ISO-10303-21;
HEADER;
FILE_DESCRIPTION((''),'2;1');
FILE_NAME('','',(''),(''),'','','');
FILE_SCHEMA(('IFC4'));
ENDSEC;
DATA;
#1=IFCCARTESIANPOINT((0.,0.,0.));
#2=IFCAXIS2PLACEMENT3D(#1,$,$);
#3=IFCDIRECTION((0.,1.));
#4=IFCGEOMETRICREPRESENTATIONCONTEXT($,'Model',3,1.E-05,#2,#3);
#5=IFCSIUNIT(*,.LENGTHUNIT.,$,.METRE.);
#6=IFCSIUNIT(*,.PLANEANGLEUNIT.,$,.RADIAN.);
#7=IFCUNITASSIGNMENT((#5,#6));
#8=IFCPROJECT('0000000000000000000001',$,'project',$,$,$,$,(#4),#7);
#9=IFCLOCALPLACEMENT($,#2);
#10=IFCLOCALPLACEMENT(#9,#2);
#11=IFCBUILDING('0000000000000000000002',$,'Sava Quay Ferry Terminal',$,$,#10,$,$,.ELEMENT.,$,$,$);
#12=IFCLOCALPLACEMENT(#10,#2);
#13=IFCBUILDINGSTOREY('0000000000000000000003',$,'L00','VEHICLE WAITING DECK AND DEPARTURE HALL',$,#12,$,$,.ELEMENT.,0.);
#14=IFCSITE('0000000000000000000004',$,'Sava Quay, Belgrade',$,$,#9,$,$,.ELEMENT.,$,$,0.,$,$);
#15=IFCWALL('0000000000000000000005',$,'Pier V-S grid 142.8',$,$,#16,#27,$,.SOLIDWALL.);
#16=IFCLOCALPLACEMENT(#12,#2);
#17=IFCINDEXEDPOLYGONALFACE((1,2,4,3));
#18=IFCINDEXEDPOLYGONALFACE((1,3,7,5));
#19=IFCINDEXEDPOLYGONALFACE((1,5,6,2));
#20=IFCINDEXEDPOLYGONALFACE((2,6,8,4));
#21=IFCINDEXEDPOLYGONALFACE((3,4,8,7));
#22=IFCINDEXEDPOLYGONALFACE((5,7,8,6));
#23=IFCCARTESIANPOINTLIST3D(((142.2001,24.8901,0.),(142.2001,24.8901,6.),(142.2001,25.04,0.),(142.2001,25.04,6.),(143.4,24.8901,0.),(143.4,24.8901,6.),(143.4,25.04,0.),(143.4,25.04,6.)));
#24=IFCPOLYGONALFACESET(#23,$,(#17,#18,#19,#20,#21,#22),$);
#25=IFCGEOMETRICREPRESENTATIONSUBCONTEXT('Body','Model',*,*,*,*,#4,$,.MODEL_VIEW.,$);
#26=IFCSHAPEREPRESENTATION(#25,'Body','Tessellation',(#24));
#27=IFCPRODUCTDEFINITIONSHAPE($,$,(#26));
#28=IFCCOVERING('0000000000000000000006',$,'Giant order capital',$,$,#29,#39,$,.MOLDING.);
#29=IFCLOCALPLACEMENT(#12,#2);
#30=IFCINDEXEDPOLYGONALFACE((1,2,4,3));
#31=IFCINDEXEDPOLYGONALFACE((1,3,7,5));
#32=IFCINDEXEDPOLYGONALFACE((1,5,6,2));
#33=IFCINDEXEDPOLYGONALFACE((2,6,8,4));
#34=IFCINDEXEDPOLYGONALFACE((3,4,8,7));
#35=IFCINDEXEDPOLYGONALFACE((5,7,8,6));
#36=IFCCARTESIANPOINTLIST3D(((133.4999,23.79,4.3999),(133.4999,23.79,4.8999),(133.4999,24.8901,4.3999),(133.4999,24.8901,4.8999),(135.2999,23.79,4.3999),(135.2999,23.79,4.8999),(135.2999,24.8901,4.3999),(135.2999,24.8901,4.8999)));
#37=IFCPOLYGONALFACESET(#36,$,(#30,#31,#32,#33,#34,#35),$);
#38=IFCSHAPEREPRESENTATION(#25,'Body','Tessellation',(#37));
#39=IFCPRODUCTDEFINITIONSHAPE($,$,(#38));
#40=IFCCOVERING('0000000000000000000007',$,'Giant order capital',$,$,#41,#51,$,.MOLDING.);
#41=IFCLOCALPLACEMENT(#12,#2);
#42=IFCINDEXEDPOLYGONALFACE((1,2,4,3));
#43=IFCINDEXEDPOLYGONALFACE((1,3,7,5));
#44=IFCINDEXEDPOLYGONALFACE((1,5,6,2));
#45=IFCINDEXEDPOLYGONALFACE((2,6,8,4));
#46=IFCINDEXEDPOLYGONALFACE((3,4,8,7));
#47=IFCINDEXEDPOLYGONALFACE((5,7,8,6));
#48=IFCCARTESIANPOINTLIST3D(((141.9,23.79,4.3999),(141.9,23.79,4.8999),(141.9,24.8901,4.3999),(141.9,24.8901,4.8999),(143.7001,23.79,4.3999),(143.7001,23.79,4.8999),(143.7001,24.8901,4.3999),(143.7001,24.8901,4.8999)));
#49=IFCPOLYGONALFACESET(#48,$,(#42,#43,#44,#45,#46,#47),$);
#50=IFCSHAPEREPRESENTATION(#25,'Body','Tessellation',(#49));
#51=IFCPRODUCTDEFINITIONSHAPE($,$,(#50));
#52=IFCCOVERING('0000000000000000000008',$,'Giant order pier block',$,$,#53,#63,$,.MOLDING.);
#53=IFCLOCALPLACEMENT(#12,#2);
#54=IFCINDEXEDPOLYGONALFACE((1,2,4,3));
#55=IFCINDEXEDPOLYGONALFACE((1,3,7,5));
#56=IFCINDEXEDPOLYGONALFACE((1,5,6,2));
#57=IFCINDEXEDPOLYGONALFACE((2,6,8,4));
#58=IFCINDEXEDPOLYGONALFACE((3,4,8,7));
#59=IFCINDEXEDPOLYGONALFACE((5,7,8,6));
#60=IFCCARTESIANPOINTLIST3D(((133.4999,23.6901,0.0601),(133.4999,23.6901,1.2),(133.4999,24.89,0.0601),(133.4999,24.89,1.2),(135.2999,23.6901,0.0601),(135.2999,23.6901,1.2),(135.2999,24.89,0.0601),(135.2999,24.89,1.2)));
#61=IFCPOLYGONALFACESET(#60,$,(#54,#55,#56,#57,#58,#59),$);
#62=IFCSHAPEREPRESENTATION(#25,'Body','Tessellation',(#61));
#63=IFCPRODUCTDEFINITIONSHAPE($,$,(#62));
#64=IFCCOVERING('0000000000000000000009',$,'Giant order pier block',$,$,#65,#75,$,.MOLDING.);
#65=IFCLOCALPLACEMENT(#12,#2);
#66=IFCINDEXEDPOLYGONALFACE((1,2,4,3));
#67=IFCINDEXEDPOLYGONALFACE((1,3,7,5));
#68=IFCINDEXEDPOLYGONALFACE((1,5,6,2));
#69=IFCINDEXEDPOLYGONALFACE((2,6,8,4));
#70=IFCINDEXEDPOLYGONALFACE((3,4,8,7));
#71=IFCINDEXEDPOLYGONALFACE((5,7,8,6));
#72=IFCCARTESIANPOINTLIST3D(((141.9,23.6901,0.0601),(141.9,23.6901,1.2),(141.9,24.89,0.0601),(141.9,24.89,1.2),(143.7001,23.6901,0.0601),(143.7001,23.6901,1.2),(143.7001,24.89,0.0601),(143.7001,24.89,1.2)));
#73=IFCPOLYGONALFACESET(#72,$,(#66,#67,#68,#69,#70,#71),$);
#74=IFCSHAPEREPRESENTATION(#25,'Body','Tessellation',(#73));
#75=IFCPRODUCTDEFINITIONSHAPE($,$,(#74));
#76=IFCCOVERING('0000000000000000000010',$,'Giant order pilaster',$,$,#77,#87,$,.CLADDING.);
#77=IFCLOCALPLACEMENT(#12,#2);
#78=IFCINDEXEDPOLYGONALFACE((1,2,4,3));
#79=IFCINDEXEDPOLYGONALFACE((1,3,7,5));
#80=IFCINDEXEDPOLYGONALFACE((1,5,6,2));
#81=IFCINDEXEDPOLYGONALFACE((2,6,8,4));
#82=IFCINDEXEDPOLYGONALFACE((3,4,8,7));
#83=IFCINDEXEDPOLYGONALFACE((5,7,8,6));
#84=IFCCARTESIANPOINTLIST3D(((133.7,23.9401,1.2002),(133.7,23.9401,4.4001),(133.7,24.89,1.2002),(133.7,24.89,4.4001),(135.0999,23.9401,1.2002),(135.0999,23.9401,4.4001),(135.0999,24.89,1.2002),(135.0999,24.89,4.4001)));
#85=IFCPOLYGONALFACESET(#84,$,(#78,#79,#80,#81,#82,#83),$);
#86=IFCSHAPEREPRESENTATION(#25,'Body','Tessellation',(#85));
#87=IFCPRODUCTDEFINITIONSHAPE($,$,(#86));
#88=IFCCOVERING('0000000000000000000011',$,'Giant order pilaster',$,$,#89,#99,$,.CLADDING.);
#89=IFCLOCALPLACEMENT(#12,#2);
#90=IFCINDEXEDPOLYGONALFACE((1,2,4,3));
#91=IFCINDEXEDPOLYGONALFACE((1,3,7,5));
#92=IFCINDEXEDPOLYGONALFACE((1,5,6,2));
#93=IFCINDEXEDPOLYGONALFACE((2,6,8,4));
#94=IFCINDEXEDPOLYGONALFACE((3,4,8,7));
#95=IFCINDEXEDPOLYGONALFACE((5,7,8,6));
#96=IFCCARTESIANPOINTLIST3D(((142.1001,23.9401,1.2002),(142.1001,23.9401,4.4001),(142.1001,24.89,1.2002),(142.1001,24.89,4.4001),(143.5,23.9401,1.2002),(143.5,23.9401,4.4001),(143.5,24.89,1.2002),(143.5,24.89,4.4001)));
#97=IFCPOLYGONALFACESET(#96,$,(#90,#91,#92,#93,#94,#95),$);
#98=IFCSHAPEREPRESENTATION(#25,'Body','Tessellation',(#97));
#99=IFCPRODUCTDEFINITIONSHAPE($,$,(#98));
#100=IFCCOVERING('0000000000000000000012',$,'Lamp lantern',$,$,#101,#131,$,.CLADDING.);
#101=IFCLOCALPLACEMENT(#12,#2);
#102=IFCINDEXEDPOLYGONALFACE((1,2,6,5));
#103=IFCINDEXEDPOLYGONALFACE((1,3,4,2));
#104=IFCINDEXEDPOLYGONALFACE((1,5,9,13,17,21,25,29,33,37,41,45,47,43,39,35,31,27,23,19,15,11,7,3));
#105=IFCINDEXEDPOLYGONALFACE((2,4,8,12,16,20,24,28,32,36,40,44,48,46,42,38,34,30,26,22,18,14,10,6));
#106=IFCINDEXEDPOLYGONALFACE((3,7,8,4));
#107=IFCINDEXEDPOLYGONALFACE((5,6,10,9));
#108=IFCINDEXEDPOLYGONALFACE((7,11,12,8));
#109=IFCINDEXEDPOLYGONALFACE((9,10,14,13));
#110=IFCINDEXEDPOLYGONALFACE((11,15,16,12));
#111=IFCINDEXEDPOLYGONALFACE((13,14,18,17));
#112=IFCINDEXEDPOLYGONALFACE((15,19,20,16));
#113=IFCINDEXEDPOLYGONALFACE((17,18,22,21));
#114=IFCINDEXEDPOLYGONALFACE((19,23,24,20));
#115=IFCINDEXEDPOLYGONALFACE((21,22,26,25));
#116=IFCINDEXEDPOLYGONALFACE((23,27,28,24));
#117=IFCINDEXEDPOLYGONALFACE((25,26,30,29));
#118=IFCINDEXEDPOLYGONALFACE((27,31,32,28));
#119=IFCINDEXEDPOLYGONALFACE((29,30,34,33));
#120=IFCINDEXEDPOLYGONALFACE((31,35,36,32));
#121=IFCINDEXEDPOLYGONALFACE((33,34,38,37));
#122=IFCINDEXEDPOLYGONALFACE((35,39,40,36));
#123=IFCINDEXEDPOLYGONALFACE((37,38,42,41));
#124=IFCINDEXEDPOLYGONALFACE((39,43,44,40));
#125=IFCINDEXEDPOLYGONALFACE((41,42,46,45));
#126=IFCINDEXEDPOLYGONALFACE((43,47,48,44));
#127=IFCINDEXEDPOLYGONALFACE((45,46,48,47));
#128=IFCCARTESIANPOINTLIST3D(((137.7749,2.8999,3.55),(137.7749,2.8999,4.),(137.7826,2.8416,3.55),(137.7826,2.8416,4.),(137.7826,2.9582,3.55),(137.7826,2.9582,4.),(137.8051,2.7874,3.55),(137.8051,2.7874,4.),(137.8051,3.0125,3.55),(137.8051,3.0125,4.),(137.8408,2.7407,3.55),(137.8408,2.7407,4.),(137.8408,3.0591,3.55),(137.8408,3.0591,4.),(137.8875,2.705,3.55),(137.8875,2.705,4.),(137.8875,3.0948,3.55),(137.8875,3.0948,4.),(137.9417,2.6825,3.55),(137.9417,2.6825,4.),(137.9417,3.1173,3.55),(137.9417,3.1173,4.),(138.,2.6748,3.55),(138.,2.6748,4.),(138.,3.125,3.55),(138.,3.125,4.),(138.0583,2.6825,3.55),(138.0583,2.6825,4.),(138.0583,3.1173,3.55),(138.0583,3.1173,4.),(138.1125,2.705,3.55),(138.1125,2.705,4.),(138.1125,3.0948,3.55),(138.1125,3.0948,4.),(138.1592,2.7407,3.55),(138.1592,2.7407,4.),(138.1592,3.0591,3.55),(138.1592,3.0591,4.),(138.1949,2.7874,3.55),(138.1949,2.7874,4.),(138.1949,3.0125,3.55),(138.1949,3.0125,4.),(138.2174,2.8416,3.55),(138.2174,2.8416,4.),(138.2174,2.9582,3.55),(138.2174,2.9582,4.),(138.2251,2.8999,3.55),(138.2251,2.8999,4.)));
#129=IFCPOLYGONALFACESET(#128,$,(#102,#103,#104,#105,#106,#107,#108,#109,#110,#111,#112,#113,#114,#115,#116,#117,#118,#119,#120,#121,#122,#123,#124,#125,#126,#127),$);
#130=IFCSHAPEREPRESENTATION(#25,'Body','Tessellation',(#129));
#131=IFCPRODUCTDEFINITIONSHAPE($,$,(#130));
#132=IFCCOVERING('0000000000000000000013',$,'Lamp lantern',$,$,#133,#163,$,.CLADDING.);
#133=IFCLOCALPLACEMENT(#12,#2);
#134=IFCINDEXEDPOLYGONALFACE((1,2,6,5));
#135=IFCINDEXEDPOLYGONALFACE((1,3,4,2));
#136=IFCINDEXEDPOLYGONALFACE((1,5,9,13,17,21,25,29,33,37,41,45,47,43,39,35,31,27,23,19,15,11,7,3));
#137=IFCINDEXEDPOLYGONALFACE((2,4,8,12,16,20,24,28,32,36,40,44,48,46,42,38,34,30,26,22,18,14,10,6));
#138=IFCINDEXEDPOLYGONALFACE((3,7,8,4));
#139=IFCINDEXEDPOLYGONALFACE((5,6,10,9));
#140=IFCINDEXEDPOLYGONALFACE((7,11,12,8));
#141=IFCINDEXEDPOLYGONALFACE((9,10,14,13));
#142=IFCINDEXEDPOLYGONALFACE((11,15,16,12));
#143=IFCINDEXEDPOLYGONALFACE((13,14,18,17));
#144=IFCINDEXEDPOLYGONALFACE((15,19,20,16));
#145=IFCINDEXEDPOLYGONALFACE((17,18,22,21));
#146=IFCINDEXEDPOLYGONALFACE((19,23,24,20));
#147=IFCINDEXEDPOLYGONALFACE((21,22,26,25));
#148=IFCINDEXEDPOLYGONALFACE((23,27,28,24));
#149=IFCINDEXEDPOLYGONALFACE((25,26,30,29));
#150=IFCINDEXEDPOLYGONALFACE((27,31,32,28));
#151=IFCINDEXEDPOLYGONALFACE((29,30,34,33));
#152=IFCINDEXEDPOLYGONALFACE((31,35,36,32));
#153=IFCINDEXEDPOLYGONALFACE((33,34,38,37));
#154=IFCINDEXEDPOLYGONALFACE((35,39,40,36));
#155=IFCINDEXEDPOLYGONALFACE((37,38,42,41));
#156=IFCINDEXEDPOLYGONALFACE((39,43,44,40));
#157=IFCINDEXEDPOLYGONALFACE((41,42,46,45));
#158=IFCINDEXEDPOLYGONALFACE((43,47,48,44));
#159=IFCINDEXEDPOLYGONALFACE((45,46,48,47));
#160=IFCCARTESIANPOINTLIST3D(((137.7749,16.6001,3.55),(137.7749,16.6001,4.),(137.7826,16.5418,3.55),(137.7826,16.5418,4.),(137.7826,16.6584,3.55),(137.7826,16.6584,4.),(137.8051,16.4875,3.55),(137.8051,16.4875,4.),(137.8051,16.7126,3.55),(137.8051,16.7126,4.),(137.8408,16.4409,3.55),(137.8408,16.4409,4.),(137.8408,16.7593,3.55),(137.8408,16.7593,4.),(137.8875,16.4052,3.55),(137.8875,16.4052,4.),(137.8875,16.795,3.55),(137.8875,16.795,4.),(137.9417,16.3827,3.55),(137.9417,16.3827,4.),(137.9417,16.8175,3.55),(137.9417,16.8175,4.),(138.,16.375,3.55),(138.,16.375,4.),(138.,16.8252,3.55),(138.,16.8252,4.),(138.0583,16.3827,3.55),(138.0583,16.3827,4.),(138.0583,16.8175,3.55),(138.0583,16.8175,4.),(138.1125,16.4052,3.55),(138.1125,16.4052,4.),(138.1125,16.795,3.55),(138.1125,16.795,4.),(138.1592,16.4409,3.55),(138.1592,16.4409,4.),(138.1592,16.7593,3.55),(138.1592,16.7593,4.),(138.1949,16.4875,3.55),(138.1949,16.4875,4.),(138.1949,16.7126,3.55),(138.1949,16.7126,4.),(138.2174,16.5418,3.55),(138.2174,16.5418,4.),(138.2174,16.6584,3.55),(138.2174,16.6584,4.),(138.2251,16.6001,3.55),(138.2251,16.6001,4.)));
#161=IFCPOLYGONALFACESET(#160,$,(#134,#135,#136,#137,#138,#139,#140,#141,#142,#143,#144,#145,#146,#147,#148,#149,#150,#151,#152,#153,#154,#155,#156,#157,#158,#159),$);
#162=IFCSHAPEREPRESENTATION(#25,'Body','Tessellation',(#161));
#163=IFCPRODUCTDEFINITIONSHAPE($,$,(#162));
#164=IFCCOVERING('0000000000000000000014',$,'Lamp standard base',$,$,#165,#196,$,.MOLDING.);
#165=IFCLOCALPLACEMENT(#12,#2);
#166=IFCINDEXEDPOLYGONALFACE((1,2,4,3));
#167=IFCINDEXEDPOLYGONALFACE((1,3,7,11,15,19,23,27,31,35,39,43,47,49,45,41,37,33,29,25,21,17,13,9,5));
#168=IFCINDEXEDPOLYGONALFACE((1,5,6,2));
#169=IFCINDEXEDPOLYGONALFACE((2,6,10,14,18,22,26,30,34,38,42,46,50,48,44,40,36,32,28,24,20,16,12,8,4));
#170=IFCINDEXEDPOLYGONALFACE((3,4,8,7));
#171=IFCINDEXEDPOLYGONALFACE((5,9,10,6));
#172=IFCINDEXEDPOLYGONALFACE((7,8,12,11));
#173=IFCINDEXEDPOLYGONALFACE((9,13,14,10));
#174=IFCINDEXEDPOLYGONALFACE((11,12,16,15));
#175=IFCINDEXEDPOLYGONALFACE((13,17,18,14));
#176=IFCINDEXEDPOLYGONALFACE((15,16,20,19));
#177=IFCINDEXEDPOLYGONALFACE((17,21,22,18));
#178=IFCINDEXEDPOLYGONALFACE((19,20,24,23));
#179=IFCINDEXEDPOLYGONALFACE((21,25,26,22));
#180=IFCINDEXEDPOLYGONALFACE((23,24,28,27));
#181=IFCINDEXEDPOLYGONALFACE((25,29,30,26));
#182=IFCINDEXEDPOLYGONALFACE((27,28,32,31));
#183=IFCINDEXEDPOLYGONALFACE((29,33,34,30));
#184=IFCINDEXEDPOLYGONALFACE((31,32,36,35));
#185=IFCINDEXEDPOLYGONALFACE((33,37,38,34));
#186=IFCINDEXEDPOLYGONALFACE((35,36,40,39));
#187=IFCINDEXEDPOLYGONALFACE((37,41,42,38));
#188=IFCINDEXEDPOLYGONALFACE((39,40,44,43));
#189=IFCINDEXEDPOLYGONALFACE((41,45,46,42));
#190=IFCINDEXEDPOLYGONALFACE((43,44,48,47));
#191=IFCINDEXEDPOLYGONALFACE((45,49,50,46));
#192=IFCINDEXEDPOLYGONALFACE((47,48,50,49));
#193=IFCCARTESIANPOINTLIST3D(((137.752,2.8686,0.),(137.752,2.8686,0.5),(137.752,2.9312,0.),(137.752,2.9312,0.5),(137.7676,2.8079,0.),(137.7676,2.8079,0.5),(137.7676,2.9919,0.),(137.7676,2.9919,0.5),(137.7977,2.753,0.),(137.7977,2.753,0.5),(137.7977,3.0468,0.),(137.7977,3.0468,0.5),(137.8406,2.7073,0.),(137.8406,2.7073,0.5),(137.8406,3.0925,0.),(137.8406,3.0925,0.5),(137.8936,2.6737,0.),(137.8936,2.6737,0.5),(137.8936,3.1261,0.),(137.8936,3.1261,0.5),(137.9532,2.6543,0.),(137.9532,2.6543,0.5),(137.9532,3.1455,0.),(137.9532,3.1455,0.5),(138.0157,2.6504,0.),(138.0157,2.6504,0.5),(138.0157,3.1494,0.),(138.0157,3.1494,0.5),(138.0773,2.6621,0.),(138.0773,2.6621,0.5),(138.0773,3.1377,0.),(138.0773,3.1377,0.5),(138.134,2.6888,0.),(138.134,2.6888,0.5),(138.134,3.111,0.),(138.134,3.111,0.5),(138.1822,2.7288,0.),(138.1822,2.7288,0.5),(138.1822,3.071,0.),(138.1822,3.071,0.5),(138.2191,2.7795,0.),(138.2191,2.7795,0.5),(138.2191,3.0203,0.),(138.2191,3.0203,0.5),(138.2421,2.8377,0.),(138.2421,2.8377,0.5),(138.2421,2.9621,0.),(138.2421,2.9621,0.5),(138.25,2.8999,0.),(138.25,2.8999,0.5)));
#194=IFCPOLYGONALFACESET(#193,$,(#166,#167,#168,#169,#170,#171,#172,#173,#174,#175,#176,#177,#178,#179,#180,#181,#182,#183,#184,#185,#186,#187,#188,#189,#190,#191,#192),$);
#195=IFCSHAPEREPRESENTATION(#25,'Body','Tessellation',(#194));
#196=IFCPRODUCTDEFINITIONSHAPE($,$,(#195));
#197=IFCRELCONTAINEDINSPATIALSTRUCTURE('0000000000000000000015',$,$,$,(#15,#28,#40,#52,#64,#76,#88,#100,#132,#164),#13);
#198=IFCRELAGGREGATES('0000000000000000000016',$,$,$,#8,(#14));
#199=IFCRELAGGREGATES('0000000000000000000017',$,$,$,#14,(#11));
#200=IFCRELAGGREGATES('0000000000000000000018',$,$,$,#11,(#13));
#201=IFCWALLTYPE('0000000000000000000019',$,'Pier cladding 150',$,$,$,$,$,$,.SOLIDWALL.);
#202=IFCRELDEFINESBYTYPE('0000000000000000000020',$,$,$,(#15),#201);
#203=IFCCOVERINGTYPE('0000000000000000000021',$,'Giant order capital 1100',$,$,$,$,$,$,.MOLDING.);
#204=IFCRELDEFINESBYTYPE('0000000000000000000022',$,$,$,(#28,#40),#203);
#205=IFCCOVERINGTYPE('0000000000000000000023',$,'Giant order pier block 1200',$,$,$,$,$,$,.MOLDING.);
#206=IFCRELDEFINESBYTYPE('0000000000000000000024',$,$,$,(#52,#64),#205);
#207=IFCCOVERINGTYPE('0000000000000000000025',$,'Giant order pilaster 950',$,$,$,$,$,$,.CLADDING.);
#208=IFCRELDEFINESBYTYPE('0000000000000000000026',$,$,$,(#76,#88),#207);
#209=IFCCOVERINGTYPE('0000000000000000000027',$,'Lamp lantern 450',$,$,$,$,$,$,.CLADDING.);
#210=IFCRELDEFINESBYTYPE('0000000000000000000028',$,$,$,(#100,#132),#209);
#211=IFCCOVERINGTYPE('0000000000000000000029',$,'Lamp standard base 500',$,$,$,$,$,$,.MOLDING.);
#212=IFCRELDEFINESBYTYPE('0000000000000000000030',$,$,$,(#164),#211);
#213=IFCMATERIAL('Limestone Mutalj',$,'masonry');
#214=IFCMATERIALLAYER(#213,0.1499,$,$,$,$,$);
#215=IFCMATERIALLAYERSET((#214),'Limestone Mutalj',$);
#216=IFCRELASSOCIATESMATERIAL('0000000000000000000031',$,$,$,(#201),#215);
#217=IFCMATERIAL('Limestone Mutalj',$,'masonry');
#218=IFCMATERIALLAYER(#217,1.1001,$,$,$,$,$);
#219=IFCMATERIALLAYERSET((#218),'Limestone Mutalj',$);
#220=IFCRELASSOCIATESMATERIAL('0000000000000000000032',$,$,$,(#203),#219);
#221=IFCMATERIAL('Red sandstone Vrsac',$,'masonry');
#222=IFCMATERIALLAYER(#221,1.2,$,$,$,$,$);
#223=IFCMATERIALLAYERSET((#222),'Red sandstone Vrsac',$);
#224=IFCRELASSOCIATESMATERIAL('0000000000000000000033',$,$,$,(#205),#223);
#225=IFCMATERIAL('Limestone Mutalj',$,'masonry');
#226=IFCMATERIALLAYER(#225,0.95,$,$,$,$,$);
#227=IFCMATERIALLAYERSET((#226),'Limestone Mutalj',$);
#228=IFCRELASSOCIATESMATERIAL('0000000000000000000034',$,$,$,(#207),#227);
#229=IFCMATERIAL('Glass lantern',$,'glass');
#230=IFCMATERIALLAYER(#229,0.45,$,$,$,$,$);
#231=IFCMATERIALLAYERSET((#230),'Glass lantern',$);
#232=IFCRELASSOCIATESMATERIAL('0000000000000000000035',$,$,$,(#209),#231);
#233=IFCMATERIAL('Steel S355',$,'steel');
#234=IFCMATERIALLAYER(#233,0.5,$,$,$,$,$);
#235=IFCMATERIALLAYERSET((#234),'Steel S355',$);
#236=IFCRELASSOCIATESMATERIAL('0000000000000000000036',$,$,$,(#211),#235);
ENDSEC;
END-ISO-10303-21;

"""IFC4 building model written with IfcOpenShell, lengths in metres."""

from ifc_helpers import new_model, si_unit, direction, frame, frame_2d, origin, origin_2d, place, context, subcontext, project, spatial, rectangle, circle, extrude, material, layer, layer_set, type_object, element, save


model = new_model("IFC4")

# Units and contexts
model_context = context("Model", 3, precision=1e-05, world=origin(), true_north=direction((0.0, 1.0)))
body_context = subcontext(model_context, "Body", "Model", "MODEL_VIEW")
ifc_project = project(units=[si_unit("LENGTHUNIT", "METRE"), si_unit("PLANEANGLEUNIT", "RADIAN")], contexts=[model_context])

# Site, building, storey
site_placement = place(None, origin())
site = spatial("IfcSite", under=ifc_project, at=site_placement, Name="Sava Quay, Belgrade", CompositionType="ELEMENT", RefElevation=0.0)
building_placement = place(site_placement, origin())
building = spatial("IfcBuilding", under=site, at=building_placement, Name="Sava Quay Ferry Terminal", CompositionType="ELEMENT")
storey_placement = place(building_placement, origin())
storey = spatial("IfcBuildingStorey", under=building, at=storey_placement, Name="L00", Description="VEHICLE WAITING DECK AND DEPARTURE HALL", CompositionType="ELEMENT", Elevation=0.0)

# Wall
ifc_material_1 = material(Name="Limestone Mutalj", Category="masonry")
ifc_layer_1 = layer(ifc_material_1, 0.1499)
ifc_layer_set_1 = layer_set([ifc_layer_1], Name="Limestone Mutalj")
wall_type_1 = type_object("IfcWallType", Name="Pier cladding 150", PredefinedType="SOLIDWALL", material=ifc_layer_set_1)
for number, where, z_axis, x_axis, name in (
    (1, (142.2, 24.9651, 0.0), (0.0, 0.0, 1.0), (1.0, 0.0, 0.0), "Pier V-S grid 142.8"),
):
    element("IfcWall", number, at=place(storey_placement, frame(where, z_axis=z_axis, x_axis=x_axis)), inside=storey, type_object=wall_type_1, Name=name, PredefinedType="SOLIDWALL", context=body_context, shape_type="SweptSolid", body=[
        extrude(rectangle(XDim=1.2, YDim=0.1499, at=frame_2d((0.6001, 0.0))), origin(), (0.0, 0.0, 1.0), 6.0),
    ])

# Coverings
ifc_material_2 = material(Name="Limestone Mutalj", Category="masonry")
ifc_layer_2 = layer(ifc_material_2, 1.1001)
ifc_layer_set_2 = layer_set([ifc_layer_2], Name="Limestone Mutalj")
covering_type_1 = type_object("IfcCoveringType", Name="Giant order capital 1100", PredefinedType="MOLDING", material=ifc_layer_set_2)
for number, where, z_axis, x_axis, name in (
    (2, (134.3999, 24.3401, 4.3999), (0.0, 0.0, 1.0), (1.0, 0.0, 0.0), "Giant order capital"),
    (3, (142.8, 24.3401, 4.3999), (0.0, 0.0, 1.0), (1.0, 0.0, 0.0), "Giant order capital"),
):
    element("IfcCovering", number, at=place(storey_placement, frame(where, z_axis=z_axis, x_axis=x_axis)), inside=storey, type_object=covering_type_1, Name=name, PredefinedType="MOLDING", context=body_context, shape_type="SweptSolid", body=[
        extrude(rectangle(XDim=1.8, YDim=1.1001, at=origin_2d()), origin(), (0.0, 0.0, 1.0), 0.5),
    ])
ifc_material_3 = material(Name="Red sandstone Vrsac", Category="masonry")
ifc_layer_3 = layer(ifc_material_3, 1.2)
ifc_layer_set_3 = layer_set([ifc_layer_3], Name="Red sandstone Vrsac")
covering_type_2 = type_object("IfcCoveringType", Name="Giant order pier block 1200", PredefinedType="MOLDING", material=ifc_layer_set_3)
for number, where, z_axis, x_axis, name in (
    (4, (134.3999, 24.29, 0.0601), (0.0, 0.0, 1.0), (1.0, 0.0, 0.0), "Giant order pier block"),
    (5, (142.8, 24.29, 0.0601), (0.0, 0.0, 1.0), (1.0, 0.0, 0.0), "Giant order pier block"),
):
    element("IfcCovering", number, at=place(storey_placement, frame(where, z_axis=z_axis, x_axis=x_axis)), inside=storey, type_object=covering_type_2, Name=name, PredefinedType="MOLDING", context=body_context, shape_type="SweptSolid", body=[
        extrude(rectangle(XDim=1.8, YDim=1.2, at=origin_2d()), origin(), (0.0, 0.0, 1.0), 1.1399),
    ])
ifc_material_4 = material(Name="Limestone Mutalj", Category="masonry")
ifc_layer_4 = layer(ifc_material_4, 0.95)
ifc_layer_set_4 = layer_set([ifc_layer_4], Name="Limestone Mutalj")
covering_type_3 = type_object("IfcCoveringType", Name="Giant order pilaster 950", PredefinedType="CLADDING", material=ifc_layer_set_4)
for number, where, z_axis, x_axis, name in (
    (6, (134.3999, 24.415, 1.2002), (0.0, 0.0, 1.0), (1.0, 0.0, 0.0), "Giant order pilaster"),
    (7, (142.8, 24.415, 1.2002), (0.0, 0.0, 1.0), (1.0, 0.0, 0.0), "Giant order pilaster"),
):
    element("IfcCovering", number, at=place(storey_placement, frame(where, z_axis=z_axis, x_axis=x_axis)), inside=storey, type_object=covering_type_3, Name=name, PredefinedType="CLADDING", context=body_context, shape_type="SweptSolid", body=[
        extrude(rectangle(XDim=1.3999, YDim=0.95, at=origin_2d()), origin(), (0.0, 0.0, 1.0), 3.2),
    ])
ifc_material_5 = material(Name="Glass lantern", Category="glass")
ifc_layer_5 = layer(ifc_material_5, 0.45)
ifc_layer_set_5 = layer_set([ifc_layer_5], Name="Glass lantern")
covering_type_4 = type_object("IfcCoveringType", Name="Lamp lantern 450", PredefinedType="CLADDING", material=ifc_layer_set_5)
for number, where, z_axis, x_axis, name in (
    (8, (138.0, 2.8999, 4.0), (0.0, 0.0, -1.0), (1.0, 0.0, 0.0), "Lamp lantern"),
    (9, (138.0, 16.6001, 4.0), (0.0, 0.0, -1.0), (1.0, 0.0, 0.0), "Lamp lantern"),
):
    element("IfcCovering", number, at=place(storey_placement, frame(where, z_axis=z_axis, x_axis=x_axis)), inside=storey, type_object=covering_type_4, Name=name, PredefinedType="CLADDING", context=body_context, shape_type="SweptSolid", body=[
        extrude(circle(Radius=0.2251, at=origin_2d()), origin(), (0.0, 0.0, 1.0), 0.45),
    ])
ifc_material_6 = material(Name="Steel S355", Category="steel")
ifc_layer_6 = layer(ifc_material_6, 0.5)
ifc_layer_set_6 = layer_set([ifc_layer_6], Name="Steel S355")
covering_type_5 = type_object("IfcCoveringType", Name="Lamp standard base 500", PredefinedType="MOLDING", material=ifc_layer_set_6)
for number, where, z_axis, x_axis, name in (
    (10, (138.0, 2.8999, 0.5), (0.0, 0.0, -1.0), (1.0, 0.0, 0.0), "Lamp standard base"),
):
    element("IfcCovering", number, at=place(storey_placement, frame(where, z_axis=z_axis, x_axis=x_axis)), inside=storey, type_object=covering_type_5, Name=name, PredefinedType="MOLDING", context=body_context, shape_type="SweptSolid", body=[
        extrude(circle(Radius=0.25, at=origin_2d()), origin(), (0.0, 0.0, 1.0), 0.5),
    ])

save(model, "model.ifc")
